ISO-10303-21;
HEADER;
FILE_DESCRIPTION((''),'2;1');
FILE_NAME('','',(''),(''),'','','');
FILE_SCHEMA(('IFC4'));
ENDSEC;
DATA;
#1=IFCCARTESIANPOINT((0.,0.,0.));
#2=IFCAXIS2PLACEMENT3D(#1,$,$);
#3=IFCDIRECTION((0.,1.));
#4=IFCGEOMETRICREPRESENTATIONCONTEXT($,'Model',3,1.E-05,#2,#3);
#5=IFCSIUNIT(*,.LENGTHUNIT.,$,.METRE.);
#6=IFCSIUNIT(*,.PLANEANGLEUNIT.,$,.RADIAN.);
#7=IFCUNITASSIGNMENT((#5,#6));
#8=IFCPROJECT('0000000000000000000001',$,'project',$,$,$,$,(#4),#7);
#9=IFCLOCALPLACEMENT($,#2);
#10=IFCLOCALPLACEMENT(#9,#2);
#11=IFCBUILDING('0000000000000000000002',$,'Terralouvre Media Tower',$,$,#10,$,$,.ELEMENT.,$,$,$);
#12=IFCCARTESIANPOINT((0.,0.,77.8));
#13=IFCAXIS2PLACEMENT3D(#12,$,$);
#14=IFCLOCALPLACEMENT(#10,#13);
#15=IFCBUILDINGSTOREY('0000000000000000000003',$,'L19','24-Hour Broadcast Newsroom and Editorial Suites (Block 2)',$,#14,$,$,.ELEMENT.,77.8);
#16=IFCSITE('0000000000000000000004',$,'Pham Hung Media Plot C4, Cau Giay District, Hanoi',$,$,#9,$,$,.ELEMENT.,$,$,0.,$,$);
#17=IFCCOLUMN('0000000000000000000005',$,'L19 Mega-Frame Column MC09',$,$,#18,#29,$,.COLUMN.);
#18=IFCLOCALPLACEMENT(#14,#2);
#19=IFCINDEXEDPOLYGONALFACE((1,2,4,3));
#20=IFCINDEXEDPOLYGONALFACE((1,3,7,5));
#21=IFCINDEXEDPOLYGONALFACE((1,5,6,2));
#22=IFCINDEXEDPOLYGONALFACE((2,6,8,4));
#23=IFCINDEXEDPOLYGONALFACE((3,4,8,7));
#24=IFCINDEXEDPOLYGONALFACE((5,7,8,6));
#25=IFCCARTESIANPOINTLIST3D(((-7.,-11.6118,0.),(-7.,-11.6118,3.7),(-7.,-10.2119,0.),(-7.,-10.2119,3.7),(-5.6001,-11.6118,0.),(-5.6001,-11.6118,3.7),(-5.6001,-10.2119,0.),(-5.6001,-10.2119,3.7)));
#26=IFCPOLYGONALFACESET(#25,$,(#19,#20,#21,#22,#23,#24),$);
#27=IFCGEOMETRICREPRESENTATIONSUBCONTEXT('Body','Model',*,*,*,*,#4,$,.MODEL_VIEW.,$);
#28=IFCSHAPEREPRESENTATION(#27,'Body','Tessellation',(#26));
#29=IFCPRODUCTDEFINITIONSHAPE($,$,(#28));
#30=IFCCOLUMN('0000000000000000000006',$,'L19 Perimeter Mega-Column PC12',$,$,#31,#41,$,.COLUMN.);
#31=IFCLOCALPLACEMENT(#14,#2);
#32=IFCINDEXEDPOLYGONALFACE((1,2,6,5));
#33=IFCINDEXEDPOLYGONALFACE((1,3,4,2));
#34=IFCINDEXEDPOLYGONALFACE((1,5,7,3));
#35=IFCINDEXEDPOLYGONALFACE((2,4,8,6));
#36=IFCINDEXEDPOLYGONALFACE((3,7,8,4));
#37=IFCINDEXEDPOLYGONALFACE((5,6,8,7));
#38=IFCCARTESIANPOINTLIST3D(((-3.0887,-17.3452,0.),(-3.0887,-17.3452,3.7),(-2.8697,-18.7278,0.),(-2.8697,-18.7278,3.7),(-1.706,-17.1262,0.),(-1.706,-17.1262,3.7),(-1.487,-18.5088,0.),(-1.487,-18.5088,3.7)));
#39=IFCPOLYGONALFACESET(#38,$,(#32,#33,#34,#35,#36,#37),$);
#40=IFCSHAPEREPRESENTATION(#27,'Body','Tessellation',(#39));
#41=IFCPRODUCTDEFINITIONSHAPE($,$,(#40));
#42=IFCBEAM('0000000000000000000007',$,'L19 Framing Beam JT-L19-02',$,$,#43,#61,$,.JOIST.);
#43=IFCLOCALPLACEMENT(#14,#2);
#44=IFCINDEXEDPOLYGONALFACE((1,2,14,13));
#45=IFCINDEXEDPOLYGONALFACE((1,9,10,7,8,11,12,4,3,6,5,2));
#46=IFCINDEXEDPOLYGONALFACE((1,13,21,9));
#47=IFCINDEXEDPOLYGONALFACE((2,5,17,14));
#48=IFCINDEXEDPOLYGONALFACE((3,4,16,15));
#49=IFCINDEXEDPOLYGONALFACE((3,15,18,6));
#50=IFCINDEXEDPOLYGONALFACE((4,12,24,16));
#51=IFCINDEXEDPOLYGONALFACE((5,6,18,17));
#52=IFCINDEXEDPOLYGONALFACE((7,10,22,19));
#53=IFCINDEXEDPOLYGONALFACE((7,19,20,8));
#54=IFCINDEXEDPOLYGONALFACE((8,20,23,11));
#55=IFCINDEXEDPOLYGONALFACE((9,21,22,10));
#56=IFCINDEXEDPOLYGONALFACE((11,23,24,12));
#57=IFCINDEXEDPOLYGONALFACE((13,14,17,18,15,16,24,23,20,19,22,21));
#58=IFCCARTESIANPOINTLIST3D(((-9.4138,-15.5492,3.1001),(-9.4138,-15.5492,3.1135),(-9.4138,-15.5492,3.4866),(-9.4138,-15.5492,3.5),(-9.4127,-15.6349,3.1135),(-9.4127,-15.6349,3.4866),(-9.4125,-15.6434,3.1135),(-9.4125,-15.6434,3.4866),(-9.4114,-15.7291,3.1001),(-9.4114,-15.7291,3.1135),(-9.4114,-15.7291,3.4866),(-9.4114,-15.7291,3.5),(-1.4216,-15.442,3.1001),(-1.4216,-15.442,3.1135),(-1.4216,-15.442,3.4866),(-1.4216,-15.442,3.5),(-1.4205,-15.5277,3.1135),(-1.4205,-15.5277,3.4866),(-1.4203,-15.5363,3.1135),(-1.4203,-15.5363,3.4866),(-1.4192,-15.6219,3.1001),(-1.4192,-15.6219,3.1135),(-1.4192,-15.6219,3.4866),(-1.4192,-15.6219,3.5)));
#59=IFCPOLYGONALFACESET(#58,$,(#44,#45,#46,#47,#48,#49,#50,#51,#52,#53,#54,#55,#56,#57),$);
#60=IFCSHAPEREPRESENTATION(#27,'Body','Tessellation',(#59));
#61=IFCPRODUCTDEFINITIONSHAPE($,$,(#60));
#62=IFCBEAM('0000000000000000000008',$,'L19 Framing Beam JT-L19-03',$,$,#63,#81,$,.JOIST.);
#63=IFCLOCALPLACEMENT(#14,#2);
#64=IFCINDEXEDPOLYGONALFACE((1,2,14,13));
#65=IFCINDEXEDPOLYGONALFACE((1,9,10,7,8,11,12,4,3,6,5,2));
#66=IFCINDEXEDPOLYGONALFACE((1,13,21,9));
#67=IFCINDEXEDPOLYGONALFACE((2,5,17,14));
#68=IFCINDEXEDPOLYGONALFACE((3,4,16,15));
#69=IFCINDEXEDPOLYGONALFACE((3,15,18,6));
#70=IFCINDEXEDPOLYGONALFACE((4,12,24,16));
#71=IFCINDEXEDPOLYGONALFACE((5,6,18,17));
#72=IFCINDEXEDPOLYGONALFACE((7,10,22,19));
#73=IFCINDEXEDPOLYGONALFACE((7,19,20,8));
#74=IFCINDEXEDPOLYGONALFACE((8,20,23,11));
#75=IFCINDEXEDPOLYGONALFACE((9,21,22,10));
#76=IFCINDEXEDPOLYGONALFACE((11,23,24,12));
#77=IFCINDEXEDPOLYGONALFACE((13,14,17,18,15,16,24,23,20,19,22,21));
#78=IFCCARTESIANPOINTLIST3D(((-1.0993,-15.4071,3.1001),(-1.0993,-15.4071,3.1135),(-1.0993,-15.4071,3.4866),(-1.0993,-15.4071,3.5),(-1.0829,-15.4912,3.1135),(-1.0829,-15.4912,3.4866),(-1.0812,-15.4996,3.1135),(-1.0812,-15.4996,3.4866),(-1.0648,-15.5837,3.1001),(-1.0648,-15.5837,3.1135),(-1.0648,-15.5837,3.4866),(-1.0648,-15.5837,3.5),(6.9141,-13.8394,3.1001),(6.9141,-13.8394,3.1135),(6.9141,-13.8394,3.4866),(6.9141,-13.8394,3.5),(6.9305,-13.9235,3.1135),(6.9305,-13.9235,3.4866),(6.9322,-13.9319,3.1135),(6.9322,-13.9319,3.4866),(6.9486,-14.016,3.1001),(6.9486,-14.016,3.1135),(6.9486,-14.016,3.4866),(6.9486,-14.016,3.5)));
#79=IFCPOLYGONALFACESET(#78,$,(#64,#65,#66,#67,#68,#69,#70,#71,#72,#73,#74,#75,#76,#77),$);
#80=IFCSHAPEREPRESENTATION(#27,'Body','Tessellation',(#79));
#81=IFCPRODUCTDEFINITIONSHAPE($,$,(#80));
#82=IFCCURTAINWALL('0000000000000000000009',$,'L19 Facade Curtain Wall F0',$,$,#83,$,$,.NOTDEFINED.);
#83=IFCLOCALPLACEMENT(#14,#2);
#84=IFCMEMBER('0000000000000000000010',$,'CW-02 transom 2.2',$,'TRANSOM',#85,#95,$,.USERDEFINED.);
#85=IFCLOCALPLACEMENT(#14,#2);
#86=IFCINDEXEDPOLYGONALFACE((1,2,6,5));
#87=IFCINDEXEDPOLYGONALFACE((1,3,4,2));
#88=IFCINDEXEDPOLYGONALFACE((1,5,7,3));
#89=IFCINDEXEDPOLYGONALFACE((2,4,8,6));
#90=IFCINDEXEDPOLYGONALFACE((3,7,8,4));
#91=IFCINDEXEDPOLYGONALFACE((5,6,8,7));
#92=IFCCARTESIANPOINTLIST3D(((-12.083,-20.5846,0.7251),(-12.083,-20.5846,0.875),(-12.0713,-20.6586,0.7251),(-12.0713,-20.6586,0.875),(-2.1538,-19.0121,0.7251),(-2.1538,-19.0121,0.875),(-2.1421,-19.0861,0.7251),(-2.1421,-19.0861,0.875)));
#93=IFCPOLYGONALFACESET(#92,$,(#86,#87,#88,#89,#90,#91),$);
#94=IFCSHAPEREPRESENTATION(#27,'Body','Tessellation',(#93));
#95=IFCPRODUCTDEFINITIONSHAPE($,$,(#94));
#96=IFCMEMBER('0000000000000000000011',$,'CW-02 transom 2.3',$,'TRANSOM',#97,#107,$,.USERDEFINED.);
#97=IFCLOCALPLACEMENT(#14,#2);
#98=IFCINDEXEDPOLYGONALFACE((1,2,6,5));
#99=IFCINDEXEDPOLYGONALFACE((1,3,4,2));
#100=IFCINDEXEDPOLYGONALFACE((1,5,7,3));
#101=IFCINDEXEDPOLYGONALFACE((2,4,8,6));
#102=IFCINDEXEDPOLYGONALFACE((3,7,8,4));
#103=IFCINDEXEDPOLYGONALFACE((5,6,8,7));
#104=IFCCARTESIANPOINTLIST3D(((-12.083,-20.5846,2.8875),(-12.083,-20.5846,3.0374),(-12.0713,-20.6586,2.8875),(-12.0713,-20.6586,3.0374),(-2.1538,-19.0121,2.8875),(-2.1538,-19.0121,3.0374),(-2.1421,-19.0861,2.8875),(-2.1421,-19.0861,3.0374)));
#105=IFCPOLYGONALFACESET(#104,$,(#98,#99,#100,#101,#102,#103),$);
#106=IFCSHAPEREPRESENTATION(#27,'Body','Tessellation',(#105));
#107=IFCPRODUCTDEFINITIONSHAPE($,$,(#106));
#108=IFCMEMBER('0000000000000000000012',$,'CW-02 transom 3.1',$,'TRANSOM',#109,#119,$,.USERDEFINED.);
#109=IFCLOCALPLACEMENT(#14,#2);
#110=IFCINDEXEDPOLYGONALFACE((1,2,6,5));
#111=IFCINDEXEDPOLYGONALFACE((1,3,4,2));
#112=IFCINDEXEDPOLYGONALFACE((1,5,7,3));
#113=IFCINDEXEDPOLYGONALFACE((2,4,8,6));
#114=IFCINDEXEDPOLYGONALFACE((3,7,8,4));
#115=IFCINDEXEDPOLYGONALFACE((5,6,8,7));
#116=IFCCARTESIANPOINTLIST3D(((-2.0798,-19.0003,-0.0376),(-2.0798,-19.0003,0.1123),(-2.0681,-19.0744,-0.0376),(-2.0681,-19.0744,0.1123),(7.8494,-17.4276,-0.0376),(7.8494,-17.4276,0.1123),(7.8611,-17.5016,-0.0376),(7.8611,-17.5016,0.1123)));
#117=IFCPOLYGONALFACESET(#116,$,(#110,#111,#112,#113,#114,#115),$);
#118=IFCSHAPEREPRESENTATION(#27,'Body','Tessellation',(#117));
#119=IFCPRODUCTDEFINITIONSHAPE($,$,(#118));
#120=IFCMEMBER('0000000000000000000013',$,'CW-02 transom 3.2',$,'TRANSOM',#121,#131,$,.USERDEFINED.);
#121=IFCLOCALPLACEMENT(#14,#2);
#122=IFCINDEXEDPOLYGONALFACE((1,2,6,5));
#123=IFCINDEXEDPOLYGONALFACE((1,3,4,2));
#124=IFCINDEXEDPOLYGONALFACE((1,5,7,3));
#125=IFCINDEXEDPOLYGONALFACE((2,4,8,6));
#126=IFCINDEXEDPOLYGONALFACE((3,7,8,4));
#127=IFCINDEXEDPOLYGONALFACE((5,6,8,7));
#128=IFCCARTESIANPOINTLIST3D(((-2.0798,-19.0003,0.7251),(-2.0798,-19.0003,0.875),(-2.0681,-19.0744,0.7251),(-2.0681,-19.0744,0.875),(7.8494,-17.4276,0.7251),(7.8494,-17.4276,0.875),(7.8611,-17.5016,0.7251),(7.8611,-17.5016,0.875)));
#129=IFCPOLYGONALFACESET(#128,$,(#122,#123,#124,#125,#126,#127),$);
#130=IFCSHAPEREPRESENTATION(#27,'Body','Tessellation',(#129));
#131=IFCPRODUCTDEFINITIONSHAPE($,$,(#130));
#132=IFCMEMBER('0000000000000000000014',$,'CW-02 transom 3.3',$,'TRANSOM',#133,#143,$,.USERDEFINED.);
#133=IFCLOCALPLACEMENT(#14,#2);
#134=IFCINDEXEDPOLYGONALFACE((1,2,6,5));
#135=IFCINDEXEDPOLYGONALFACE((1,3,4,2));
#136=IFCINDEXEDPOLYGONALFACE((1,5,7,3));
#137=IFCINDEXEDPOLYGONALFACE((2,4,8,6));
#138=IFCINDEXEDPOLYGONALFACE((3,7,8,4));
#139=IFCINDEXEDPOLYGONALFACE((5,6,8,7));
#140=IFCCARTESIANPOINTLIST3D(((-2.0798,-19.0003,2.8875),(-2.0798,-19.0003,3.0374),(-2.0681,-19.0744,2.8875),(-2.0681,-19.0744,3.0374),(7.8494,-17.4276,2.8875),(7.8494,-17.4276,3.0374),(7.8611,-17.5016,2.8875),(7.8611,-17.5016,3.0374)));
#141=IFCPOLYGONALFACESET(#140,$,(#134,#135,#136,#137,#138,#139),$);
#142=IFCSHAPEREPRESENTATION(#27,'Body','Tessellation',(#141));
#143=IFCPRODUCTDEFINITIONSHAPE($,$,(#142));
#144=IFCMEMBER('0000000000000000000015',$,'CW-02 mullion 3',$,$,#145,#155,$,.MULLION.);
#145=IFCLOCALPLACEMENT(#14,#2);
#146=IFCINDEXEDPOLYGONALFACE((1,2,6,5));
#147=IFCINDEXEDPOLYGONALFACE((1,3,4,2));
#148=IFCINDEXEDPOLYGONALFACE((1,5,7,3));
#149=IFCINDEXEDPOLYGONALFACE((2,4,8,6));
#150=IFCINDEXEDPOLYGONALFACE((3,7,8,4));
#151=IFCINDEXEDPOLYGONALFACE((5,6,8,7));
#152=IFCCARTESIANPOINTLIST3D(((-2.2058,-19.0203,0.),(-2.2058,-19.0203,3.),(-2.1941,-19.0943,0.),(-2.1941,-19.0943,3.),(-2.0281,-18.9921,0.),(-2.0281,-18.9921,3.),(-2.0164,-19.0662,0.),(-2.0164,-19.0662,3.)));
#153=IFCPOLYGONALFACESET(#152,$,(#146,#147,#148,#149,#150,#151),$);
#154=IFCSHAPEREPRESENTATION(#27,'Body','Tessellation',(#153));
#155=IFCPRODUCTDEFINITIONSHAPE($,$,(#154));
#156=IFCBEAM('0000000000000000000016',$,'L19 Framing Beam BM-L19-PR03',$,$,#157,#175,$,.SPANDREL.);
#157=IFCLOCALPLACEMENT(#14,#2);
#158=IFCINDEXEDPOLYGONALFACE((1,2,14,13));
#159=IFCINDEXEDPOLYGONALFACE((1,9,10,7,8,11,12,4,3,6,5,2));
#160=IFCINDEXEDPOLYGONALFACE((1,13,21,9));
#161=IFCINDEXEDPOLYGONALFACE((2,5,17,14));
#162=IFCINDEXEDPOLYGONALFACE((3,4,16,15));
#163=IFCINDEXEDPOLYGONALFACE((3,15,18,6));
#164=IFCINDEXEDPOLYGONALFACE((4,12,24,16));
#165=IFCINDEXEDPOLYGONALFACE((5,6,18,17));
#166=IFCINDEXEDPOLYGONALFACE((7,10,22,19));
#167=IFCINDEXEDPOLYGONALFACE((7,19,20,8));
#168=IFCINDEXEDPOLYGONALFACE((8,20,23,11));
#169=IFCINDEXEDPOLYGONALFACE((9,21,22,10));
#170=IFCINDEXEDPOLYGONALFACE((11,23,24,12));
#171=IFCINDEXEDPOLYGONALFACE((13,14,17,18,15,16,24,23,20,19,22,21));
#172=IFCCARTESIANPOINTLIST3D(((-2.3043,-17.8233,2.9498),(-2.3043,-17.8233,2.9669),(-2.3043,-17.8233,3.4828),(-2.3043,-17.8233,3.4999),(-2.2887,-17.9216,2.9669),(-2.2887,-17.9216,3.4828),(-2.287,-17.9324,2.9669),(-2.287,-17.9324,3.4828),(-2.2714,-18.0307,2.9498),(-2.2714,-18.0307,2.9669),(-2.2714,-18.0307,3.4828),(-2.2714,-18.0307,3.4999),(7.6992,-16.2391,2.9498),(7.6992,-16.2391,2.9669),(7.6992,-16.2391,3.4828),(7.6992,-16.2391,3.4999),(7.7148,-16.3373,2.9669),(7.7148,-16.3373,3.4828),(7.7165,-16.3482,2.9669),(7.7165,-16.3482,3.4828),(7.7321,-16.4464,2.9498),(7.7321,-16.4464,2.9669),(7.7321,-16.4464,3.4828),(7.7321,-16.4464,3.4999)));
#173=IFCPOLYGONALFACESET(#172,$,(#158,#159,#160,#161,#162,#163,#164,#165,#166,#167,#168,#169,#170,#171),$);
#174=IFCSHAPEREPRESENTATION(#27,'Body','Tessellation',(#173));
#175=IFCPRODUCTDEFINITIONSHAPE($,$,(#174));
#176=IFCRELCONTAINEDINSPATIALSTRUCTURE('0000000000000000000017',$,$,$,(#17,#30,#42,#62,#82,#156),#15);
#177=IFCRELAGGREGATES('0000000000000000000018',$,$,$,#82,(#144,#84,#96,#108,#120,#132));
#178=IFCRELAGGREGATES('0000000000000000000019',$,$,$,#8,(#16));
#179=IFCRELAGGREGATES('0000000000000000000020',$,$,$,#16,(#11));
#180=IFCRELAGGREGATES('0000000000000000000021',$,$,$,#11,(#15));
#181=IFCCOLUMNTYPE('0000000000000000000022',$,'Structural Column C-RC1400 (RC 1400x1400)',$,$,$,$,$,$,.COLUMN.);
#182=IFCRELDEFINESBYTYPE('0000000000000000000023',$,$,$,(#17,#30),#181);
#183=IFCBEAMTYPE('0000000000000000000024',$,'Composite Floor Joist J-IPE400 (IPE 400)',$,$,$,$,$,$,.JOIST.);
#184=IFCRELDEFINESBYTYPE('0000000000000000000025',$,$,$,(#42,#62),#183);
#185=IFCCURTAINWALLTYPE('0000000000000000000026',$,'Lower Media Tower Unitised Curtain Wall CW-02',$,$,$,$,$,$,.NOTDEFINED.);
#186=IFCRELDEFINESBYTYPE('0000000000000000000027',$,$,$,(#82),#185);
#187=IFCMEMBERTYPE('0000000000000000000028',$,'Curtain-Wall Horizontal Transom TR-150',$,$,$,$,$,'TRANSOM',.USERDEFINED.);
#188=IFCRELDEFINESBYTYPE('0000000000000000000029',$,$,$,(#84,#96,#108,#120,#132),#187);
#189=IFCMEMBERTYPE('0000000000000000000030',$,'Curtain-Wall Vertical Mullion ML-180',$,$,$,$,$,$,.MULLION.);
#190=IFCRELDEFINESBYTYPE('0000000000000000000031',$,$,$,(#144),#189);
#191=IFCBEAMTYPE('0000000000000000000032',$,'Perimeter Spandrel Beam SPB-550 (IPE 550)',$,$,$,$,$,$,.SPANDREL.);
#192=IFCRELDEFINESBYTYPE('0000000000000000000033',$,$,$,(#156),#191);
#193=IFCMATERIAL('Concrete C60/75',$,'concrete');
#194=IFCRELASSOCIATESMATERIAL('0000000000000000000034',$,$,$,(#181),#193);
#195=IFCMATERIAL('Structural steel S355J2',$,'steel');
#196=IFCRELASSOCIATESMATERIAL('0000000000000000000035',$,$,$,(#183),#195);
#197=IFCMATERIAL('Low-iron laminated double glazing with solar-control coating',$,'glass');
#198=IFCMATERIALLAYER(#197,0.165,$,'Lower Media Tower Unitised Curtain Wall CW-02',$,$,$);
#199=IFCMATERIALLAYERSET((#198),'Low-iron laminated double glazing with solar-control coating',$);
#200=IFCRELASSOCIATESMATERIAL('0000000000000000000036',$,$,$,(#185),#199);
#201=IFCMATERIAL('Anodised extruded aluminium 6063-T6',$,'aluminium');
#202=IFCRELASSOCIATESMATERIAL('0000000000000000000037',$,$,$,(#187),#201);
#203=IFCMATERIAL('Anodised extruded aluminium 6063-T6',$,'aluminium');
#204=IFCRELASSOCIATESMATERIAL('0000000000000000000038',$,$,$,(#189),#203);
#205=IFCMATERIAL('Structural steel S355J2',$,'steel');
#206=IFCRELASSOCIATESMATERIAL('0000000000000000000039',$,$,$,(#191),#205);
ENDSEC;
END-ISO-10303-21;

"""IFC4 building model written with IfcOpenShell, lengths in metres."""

from ifc_helpers import new_model, si_unit, direction, frame, origin, origin_2d, place, context, subcontext, project, spatial, rectangle, i_section, extrude, material, layer, layer_set, material_profile, profile_set, type_object, element, aggregate, save


model = new_model("IFC4")

# Units and contexts
model_context = context("Model", 3, precision=1e-05, world=origin(), true_north=direction((0.0, 1.0)))
body_context = subcontext(model_context, "Body", "Model", "MODEL_VIEW")
ifc_project = project(units=[si_unit("LENGTHUNIT", "METRE"), si_unit("PLANEANGLEUNIT", "RADIAN")], contexts=[model_context])

# Site, building, storey
site_placement = place(None, origin())
site = spatial("IfcSite", under=ifc_project, at=site_placement, Name="Pham Hung Media Plot C4, Cau Giay District, Hanoi", CompositionType="ELEMENT", RefElevation=0.0)
building_placement = place(site_placement, origin())
building = spatial("IfcBuilding", under=site, at=building_placement, Name="Terralouvre Media Tower", CompositionType="ELEMENT")
storey_placement = place(building_placement, frame((0.0, 0.0, 77.8)))
storey = spatial("IfcBuildingStorey", under=building, at=storey_placement, Name="L19", Description="24-Hour Broadcast Newsroom and Editorial Suites (Block 2)", CompositionType="ELEMENT", Elevation=77.8)

# Columns
ifc_material_1 = material(Name="Concrete C60/75", Category="concrete")
ifc_material_profile_1 = material_profile(ifc_material_1, rectangle(XDim=1.3999, YDim=1.3999, at=origin_2d()), Name="RC 1400x1400")
ifc_profile_set_1 = profile_set([ifc_material_profile_1], Name="Concrete C60/75")
column_type = type_object("IfcColumnType", Name="Structural Column C-RC1400 (RC 1400x1400)", PredefinedType="COLUMN", material=ifc_profile_set_1)
for number, where, z_axis, x_axis, name in (
    (1, (-6.3, -10.9119, 0.0), (0.0, 0.0, 1.0), (1.0, 0.0, 0.0), "L19 Mega-Frame Column MC09"),
    (2, (-2.2878, -17.927, 0.0), (0.0, 0.0, 1.0), (0.987688, 0.156434, 0.0), "L19 Perimeter Mega-Column PC12"),
):
    element("IfcColumn", number, at=place(storey_placement, frame(where, z_axis=z_axis, x_axis=x_axis)), inside=storey, type_object=column_type, Name=name, PredefinedType="COLUMN", context=body_context, shape_type="SweptSolid", body=[
        extrude(rectangle(XDim=1.3999, YDim=1.3999, at=origin_2d()), origin(), (0.0, 0.0, 1.0), 3.7),
    ])

# Beams
ifc_material_2 = material(Name="Structural steel S355J2", Category="steel")
ifc_material_profile_2 = material_profile(ifc_material_2, i_section(OverallWidth=0.1799, OverallDepth=0.3999, WebThickness=0.0085, FlangeThickness=0.0134, at=origin_2d()), Name="IPE 400")
ifc_profile_set_2 = profile_set([ifc_material_profile_2], Name="Structural steel S355J2")
beam_type_1 = type_object("IfcBeamType", Name="Composite Floor Joist J-IPE400 (IPE 400)", PredefinedType="JOIST", material=ifc_profile_set_2)
beam_1_placement = place(storey_placement, frame((-9.4126, -15.6392, 3.3), z_axis=(0.99991, 0.013409, 0.0), x_axis=(-0.013409, 0.99991, 0.0)))
element("IfcBeam", 3, at=beam_1_placement, inside=storey, type_object=beam_type_1, Name="L19 Framing Beam JT-L19-02", PredefinedType="JOIST", context=body_context, shape_type="SweptSolid", body=[
    extrude(i_section(OverallWidth=0.1799, OverallDepth=0.3999, WebThickness=0.0085, FlangeThickness=0.0134, at=origin_2d()), origin(), (0.0, 0.0, 1.0), 7.9929),
])
beam_2_placement = place(storey_placement, frame((-1.082, -15.4954, 3.3), z_axis=(0.981398, 0.191986, 0.0), x_axis=(-0.191986, 0.981398, 0.0)))
element("IfcBeam", 4, at=beam_2_placement, inside=storey, type_object=beam_type_1, Name="L19 Framing Beam JT-L19-03", PredefinedType="JOIST", context=body_context, shape_type="SweptSolid", body=[
    extrude(i_section(OverallWidth=0.1799, OverallDepth=0.3999, WebThickness=0.0085, FlangeThickness=0.0134, at=origin_2d()), origin(), (0.0, 0.0, 1.0), 8.1653),
])

# Curtain wall, members
ifc_material_3 = material(Name="Low-iron laminated double glazing with solar-control coating", Category="glass")
ifc_layer_1 = layer(ifc_material_3, 0.165, Name="Lower Media Tower Unitised Curtain Wall CW-02")
ifc_layer_set_1 = layer_set([ifc_layer_1], Name="Low-iron laminated double glazing with solar-control coating")
curtain_wall_type = type_object("IfcCurtainWallType", Name="Lower Media Tower Unitised Curtain Wall CW-02", PredefinedType="NOTDEFINED", material=ifc_layer_set_1)
curtain_wall_placement = place(storey_placement, origin())
curtain_wall = element("IfcCurtainWall", 5, at=curtain_wall_placement, inside=storey, type_object=curtain_wall_type, Name="L19 Facade Curtain Wall F0", PredefinedType="NOTDEFINED")
ifc_material_4 = material(Name="Anodised extruded aluminium 6063-T6", Category="aluminium")
ifc_material_profile_3 = material_profile(ifc_material_4, rectangle(XDim=0.075, YDim=0.1499, at=origin_2d()), Name="ALU 75x150")
ifc_profile_set_3 = profile_set([ifc_material_profile_3], Name="Anodised extruded aluminium 6063-T6")
member_type_1 = type_object("IfcMemberType", Name="Curtain-Wall Horizontal Transom TR-150", ElementType="TRANSOM", PredefinedType="USERDEFINED", material=ifc_profile_set_3)
member_1_placement = place(storey_placement, frame((-12.0771, -20.6216, 0.8), z_axis=(0.98769, 0.156423, 0.0), x_axis=(-0.156423, 0.98769, 0.0)))
member_1 = element("IfcMember", 6, at=member_1_placement, type_object=member_type_1, Name="CW-02 transom 2.2", ObjectType="TRANSOM", PredefinedType="USERDEFINED", context=body_context, shape_type="SweptSolid", body=[
    extrude(rectangle(XDim=0.075, YDim=0.1499, at=origin_2d()), origin(), (0.0, 0.0, 1.0), 10.053),
])
member_2_placement = place(storey_placement, frame((-12.0771, -20.6216, 2.9624), z_axis=(0.98769, 0.156423, 0.0), x_axis=(-0.156423, 0.98769, 0.0)))
member_2 = element("IfcMember", 7, at=member_2_placement, type_object=member_type_1, Name="CW-02 transom 2.3", ObjectType="TRANSOM", PredefinedType="USERDEFINED", context=body_context, shape_type="SweptSolid", body=[
    extrude(rectangle(XDim=0.075, YDim=0.1499, at=origin_2d()), origin(), (0.0, 0.0, 1.0), 10.053),
])
member_3_placement = place(storey_placement, frame((-2.074, -19.0374, 0.0374), z_axis=(0.987686, 0.156446, 0.0), x_axis=(-0.156446, 0.987686, 0.0)))
member_3 = element("IfcMember", 8, at=member_3_placement, type_object=member_type_1, Name="CW-02 transom 3.1", ObjectType="TRANSOM", PredefinedType="USERDEFINED", context=body_context, shape_type="SweptSolid", body=[
    extrude(rectangle(XDim=0.075, YDim=0.1499, at=origin_2d()), origin(), (0.0, 0.0, 1.0), 10.053),
])
member_4_placement = place(storey_placement, frame((-2.074, -19.0374, 0.8), z_axis=(0.987686, 0.156446, 0.0), x_axis=(-0.156446, 0.987686, 0.0)))
member_4 = element("IfcMember", 9, at=member_4_placement, type_object=member_type_1, Name="CW-02 transom 3.2", ObjectType="TRANSOM", PredefinedType="USERDEFINED", context=body_context, shape_type="SweptSolid", body=[
    extrude(rectangle(XDim=0.075, YDim=0.1499, at=origin_2d()), origin(), (0.0, 0.0, 1.0), 10.053),
])
member_5_placement = place(storey_placement, frame((-2.074, -19.0374, 2.9624), z_axis=(0.987686, 0.156446, 0.0), x_axis=(-0.156446, 0.987686, 0.0)))
member_5 = element("IfcMember", 10, at=member_5_placement, type_object=member_type_1, Name="CW-02 transom 3.3", ObjectType="TRANSOM", PredefinedType="USERDEFINED", context=body_context, shape_type="SweptSolid", body=[
    extrude(rectangle(XDim=0.075, YDim=0.1499, at=origin_2d()), origin(), (0.0, 0.0, 1.0), 10.053),
])
ifc_material_5 = material(Name="Anodised extruded aluminium 6063-T6", Category="aluminium")
ifc_material_profile_4 = material_profile(ifc_material_5, rectangle(XDim=0.075, YDim=0.1799, at=origin_2d()), Name="ALU 75x180")
ifc_profile_set_4 = profile_set([ifc_material_profile_4], Name="Anodised extruded aluminium 6063-T6")
member_type_2 = type_object("IfcMemberType", Name="Curtain-Wall Vertical Mullion ML-180", PredefinedType="MULLION", material=ifc_profile_set_4)
member_6_placement = place(storey_placement, frame((-2.1111, -19.0432, 0.0), z_axis=(0.0, 0.0, 1.0), x_axis=(-0.156434, 0.987688, 0.0)))
member_6 = element("IfcMember", 11, at=member_6_placement, type_object=member_type_2, Name="CW-02 mullion 3", PredefinedType="MULLION", context=body_context, shape_type="SweptSolid", body=[
    extrude(rectangle(XDim=0.075, YDim=0.1799, at=origin_2d()), origin(), (0.0, 0.0, 1.0), 3.0),
])

# Beam
ifc_material_6 = material(Name="Structural steel S355J2", Category="steel")
ifc_material_profile_5 = material_profile(ifc_material_6, i_section(OverallWidth=0.21, OverallDepth=0.55, WebThickness=0.011, FlangeThickness=0.0171, at=origin_2d()), Name="IPE 550")
ifc_profile_set_5 = profile_set([ifc_material_profile_5], Name="Structural steel S355J2")
beam_type_2 = type_object("IfcBeamType", Name="Perimeter Spandrel Beam SPB-550 (IPE 550)", PredefinedType="SPANDREL", material=ifc_profile_set_5)
beam_3_placement = place(storey_placement, frame((-2.2878, -17.927, 3.2249), z_axis=(0.987691, 0.156419, 0.0), x_axis=(-0.156419, 0.987691, 0.0)))
element("IfcBeam", 12, at=beam_3_placement, inside=storey, type_object=beam_type_2, Name="L19 Framing Beam BM-L19-PR03", PredefinedType="SPANDREL", context=body_context, shape_type="SweptSolid", body=[
    extrude(i_section(OverallWidth=0.21, OverallDepth=0.55, WebThickness=0.011, FlangeThickness=0.0171, at=origin_2d()), origin(), (0.0, 0.0, 1.0), 10.1282),
])

aggregate(curtain_wall, [member_6, member_1, member_2, member_3, member_4, member_5])

save(model, "model.ifc")
